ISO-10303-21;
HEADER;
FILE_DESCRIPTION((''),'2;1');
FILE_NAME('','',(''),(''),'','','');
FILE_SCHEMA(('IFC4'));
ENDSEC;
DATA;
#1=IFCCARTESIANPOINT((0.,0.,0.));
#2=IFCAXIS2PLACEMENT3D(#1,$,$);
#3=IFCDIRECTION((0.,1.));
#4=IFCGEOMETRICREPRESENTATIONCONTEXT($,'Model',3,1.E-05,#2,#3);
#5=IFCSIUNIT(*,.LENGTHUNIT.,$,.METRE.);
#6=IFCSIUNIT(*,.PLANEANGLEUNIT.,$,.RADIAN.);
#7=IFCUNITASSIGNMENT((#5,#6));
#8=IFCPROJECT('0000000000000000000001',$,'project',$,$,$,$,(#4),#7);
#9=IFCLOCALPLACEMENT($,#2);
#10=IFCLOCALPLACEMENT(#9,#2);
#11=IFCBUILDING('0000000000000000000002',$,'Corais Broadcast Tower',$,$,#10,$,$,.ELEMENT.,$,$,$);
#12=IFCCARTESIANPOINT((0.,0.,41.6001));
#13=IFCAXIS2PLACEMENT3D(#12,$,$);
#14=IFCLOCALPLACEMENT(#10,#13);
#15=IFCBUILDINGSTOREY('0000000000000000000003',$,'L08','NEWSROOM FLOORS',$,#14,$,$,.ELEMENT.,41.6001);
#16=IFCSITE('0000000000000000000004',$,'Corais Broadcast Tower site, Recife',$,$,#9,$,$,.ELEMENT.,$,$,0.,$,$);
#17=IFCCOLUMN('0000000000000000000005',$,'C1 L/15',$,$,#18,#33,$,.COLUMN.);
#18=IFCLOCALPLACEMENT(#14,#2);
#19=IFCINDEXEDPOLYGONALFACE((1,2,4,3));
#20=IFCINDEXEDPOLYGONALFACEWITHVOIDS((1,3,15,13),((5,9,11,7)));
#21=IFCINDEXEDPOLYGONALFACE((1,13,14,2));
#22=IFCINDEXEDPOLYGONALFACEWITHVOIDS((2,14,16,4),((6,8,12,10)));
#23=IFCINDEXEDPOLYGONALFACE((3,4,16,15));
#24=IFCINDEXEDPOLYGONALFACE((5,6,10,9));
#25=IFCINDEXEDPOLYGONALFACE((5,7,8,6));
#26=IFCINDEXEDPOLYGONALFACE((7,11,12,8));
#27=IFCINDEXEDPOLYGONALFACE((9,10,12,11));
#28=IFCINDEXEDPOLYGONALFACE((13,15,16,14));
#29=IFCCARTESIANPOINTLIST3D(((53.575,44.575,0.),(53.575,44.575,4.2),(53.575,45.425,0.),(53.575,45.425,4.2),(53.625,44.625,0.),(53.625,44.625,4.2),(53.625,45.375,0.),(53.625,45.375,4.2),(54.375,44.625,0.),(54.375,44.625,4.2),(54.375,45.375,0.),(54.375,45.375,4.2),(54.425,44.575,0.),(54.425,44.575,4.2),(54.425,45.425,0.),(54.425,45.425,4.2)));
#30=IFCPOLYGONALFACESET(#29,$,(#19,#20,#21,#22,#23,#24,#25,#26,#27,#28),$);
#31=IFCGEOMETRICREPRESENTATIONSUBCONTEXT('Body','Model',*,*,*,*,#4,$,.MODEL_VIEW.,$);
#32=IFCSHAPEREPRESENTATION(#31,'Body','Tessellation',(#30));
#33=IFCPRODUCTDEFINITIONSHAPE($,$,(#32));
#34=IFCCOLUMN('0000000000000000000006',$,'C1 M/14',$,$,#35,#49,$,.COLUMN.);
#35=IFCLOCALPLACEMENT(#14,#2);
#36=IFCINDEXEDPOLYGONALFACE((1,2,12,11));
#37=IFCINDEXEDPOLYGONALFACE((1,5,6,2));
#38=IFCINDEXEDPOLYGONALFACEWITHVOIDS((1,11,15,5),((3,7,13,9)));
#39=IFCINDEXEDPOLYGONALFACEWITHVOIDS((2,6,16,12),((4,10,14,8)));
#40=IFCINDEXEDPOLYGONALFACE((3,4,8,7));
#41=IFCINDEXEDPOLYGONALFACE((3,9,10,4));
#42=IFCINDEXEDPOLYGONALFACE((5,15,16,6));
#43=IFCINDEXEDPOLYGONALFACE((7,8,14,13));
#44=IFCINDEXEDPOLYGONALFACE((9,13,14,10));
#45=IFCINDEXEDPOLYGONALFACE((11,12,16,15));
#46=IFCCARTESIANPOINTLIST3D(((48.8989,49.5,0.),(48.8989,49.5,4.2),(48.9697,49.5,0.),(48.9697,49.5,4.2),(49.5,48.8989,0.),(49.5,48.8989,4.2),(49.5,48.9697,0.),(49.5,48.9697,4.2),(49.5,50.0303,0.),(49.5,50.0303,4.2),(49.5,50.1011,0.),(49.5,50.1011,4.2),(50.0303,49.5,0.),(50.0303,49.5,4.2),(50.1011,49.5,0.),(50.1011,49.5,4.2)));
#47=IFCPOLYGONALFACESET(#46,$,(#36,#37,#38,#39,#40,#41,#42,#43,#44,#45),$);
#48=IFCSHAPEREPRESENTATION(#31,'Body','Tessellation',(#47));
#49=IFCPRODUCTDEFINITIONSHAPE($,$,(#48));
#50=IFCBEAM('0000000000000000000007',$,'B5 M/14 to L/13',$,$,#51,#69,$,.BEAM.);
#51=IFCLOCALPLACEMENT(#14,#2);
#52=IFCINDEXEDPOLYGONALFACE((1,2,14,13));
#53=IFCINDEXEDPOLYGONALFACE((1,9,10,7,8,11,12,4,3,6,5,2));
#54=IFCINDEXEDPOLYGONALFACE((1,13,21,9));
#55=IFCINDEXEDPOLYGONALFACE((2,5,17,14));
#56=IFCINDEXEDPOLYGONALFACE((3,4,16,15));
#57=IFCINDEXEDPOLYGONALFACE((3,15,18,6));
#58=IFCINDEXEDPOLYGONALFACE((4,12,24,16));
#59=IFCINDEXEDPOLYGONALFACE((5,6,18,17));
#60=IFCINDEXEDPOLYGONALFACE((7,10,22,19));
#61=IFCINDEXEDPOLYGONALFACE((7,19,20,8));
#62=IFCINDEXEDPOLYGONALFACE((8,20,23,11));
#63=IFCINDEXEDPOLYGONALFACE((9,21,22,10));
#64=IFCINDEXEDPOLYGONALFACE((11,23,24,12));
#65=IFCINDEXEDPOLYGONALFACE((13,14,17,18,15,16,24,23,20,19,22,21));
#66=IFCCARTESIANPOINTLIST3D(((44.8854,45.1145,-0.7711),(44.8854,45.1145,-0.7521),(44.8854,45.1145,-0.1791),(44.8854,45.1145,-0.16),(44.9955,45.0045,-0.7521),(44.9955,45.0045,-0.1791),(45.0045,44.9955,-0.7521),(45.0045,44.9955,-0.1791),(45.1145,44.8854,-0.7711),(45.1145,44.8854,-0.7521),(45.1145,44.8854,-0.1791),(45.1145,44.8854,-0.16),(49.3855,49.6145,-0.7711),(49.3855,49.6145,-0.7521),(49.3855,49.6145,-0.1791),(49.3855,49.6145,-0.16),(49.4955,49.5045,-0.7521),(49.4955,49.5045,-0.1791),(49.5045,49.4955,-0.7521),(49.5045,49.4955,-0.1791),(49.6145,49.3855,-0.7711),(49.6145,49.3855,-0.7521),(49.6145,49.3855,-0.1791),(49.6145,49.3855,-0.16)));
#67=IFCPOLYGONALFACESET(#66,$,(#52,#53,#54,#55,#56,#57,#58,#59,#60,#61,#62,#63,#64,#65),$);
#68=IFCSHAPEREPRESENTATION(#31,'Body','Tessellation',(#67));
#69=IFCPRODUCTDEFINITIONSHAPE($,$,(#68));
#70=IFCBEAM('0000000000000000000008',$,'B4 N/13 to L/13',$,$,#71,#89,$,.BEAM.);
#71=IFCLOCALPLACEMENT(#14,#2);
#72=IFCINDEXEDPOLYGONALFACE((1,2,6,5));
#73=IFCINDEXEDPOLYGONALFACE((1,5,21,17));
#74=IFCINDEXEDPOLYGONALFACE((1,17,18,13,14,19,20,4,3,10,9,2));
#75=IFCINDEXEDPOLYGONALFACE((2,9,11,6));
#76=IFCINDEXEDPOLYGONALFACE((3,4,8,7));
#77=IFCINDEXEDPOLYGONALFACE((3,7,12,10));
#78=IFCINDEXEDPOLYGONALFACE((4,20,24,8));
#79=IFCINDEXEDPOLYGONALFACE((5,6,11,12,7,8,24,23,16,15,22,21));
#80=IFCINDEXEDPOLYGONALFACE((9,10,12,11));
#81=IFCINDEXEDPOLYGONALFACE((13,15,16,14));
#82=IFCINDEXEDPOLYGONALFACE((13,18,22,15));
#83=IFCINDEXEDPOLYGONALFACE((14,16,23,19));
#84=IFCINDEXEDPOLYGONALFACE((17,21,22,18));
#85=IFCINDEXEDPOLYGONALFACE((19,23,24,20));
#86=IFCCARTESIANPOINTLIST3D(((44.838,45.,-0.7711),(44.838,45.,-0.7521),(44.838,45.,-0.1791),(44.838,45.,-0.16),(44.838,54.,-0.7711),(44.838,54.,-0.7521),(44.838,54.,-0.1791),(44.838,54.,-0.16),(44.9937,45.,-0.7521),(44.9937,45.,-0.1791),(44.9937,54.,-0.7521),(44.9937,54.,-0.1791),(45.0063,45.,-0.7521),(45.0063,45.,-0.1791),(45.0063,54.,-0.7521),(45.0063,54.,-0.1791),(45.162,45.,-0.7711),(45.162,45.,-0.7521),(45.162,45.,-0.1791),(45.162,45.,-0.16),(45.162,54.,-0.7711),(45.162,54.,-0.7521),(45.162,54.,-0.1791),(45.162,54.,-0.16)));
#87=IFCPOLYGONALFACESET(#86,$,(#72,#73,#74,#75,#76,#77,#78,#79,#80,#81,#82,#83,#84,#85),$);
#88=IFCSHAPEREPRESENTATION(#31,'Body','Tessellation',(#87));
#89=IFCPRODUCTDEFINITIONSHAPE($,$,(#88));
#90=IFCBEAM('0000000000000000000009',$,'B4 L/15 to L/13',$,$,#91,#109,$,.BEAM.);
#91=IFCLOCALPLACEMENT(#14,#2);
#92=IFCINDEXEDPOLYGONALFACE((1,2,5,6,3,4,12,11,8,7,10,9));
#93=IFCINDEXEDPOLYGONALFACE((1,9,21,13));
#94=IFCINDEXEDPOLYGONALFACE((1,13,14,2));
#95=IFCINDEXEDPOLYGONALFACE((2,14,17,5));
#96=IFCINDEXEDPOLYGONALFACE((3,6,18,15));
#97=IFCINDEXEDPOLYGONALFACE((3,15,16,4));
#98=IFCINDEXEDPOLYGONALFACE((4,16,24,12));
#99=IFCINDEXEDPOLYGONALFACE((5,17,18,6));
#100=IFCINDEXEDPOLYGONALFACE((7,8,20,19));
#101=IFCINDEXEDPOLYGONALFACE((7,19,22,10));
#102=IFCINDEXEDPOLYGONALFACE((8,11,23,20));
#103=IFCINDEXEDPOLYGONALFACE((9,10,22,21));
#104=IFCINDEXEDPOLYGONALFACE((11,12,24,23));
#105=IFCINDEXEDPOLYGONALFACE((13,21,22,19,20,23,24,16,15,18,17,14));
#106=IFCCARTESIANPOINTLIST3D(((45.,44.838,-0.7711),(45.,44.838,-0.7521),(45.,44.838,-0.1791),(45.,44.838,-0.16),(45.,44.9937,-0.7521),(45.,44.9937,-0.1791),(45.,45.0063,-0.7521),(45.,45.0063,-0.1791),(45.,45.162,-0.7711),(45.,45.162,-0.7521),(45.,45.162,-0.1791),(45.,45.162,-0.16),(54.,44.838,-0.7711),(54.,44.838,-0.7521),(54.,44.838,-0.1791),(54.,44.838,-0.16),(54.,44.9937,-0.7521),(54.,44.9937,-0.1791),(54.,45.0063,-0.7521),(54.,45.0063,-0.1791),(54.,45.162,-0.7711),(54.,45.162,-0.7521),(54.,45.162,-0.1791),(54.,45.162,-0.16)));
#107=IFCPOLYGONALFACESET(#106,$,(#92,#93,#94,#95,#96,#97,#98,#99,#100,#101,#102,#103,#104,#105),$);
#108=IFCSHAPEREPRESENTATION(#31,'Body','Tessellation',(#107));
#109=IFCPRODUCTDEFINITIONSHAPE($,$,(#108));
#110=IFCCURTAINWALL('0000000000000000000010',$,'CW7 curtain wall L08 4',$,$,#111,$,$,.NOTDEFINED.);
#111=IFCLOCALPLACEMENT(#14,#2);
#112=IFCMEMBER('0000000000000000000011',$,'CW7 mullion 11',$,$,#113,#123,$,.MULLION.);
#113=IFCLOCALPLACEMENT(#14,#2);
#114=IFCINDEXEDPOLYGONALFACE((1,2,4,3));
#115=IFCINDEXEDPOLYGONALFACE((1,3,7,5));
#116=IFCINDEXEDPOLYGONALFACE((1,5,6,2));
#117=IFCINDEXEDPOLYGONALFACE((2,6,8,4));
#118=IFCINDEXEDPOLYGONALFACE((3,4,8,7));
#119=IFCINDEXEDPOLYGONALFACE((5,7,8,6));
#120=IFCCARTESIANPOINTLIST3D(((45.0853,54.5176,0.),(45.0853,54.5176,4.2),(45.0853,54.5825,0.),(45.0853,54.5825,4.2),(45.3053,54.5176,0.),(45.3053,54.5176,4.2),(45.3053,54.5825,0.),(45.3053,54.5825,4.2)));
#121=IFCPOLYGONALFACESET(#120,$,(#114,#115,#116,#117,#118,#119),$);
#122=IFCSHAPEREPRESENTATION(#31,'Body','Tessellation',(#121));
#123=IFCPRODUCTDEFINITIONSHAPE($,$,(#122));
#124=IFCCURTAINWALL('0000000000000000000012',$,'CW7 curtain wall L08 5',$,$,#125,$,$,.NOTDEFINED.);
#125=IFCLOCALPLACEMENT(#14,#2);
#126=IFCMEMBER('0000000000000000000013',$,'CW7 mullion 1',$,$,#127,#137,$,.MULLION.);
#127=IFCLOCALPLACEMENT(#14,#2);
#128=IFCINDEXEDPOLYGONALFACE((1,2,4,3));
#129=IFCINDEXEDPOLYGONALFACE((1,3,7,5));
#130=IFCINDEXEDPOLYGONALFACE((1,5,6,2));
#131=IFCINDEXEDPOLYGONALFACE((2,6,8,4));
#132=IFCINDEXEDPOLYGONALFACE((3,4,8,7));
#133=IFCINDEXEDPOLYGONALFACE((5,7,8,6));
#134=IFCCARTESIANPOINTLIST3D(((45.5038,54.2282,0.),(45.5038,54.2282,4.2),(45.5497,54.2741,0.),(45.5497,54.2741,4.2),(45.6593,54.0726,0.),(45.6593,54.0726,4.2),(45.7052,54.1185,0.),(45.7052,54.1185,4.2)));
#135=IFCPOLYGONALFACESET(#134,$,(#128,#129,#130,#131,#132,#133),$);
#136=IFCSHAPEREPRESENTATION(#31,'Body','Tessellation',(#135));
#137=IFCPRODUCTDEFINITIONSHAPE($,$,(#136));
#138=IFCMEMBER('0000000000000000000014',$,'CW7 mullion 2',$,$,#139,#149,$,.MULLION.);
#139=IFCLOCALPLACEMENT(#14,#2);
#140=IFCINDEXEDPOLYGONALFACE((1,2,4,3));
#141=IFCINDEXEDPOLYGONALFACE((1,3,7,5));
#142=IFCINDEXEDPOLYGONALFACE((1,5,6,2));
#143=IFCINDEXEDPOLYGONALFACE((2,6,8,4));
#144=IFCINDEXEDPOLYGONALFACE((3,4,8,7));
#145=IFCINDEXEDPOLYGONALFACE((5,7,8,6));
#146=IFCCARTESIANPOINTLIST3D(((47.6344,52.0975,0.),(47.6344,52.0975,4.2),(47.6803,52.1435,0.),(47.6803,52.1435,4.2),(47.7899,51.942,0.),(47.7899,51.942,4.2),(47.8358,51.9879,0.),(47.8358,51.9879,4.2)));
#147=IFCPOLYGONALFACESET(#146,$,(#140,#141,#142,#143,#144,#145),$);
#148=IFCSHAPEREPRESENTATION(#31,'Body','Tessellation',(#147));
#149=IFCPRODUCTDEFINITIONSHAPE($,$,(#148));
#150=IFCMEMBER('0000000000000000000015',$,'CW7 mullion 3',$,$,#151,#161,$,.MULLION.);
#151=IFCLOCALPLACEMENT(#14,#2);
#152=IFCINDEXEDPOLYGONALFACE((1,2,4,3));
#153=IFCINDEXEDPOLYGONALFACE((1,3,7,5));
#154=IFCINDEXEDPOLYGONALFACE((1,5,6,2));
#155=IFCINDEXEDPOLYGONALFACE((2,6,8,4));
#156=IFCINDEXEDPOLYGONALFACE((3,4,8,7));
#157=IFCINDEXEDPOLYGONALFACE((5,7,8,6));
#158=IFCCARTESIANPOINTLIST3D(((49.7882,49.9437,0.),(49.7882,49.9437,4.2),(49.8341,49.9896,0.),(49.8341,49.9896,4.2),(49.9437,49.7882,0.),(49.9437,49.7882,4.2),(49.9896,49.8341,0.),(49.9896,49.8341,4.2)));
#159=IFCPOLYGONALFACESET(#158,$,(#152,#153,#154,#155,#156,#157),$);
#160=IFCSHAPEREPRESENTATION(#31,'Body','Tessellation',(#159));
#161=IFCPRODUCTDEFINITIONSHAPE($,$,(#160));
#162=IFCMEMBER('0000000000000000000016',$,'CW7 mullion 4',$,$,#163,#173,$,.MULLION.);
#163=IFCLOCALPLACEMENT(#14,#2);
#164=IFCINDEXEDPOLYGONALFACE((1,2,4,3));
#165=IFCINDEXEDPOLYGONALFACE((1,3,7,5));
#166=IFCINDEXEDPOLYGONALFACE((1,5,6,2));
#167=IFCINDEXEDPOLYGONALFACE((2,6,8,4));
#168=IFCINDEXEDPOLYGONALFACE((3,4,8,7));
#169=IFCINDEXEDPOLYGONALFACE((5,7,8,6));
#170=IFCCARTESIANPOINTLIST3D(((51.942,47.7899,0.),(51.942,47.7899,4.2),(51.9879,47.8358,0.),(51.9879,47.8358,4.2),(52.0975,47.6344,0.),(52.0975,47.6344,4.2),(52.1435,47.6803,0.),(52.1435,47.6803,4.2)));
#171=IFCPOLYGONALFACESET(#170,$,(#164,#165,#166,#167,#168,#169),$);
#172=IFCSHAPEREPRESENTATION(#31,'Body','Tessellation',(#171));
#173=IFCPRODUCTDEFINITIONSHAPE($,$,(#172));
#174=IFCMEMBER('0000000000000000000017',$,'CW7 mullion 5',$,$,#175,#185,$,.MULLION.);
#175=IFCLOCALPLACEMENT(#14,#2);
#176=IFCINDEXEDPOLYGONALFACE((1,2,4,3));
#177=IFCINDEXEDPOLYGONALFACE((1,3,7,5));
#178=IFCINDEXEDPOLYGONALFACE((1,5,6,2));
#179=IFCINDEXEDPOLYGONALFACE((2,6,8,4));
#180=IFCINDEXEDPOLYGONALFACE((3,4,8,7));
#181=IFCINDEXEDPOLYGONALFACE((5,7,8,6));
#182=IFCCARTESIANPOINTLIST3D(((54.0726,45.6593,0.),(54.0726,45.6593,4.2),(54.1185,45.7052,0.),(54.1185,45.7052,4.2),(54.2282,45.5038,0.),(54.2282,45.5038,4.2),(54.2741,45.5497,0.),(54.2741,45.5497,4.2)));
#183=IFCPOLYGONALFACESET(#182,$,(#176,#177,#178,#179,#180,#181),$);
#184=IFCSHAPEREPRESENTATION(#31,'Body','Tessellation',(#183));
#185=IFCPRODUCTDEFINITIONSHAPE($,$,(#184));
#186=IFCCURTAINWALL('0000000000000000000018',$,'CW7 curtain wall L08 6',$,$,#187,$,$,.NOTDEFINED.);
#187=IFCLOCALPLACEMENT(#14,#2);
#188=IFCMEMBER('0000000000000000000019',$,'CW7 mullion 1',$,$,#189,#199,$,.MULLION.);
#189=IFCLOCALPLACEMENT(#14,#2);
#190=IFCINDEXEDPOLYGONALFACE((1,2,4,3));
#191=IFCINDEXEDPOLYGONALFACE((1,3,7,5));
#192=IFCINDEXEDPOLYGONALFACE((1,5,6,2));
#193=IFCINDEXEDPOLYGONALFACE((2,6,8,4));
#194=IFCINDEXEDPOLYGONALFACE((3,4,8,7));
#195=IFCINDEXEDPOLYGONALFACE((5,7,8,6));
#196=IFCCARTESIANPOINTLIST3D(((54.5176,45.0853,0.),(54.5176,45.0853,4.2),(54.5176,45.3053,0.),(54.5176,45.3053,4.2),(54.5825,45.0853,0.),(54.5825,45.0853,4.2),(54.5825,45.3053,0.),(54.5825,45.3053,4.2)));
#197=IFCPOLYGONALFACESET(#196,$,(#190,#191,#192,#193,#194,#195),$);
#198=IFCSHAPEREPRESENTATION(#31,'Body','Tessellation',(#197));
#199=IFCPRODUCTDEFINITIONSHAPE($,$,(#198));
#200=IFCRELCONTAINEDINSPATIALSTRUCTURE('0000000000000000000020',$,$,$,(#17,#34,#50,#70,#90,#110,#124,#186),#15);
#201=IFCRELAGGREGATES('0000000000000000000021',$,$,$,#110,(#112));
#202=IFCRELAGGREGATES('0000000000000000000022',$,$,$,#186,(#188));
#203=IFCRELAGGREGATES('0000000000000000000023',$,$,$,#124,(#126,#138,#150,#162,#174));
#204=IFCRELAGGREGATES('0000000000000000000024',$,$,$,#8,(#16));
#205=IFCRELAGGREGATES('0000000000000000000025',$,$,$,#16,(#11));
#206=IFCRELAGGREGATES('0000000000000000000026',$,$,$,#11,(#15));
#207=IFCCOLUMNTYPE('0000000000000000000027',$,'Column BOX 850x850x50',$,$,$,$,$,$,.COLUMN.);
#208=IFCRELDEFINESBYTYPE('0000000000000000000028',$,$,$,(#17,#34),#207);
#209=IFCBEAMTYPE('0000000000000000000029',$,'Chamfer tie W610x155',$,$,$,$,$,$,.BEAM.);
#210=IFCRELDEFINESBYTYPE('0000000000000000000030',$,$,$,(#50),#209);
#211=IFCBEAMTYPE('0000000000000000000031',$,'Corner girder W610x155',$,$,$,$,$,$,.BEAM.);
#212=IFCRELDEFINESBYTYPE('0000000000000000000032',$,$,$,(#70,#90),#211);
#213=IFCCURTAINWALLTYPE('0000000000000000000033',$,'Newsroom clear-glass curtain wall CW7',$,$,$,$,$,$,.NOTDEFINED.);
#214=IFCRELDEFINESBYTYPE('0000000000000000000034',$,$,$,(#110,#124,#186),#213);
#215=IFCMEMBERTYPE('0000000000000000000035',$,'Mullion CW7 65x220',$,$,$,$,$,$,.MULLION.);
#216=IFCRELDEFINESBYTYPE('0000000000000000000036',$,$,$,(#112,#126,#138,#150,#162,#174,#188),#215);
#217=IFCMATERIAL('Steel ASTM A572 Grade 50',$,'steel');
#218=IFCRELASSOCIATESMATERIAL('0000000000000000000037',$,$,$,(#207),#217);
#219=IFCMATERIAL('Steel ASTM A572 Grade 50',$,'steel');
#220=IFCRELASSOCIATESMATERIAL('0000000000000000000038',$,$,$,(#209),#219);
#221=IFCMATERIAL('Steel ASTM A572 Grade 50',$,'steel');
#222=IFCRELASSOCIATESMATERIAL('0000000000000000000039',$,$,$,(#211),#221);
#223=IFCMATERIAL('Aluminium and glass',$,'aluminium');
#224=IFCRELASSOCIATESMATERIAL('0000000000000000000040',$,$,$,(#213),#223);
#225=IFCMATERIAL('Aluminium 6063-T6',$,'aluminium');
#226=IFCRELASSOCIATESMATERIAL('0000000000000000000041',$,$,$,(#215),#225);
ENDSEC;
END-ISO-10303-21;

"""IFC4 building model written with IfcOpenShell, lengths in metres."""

from ifc_helpers import new_model, si_unit, direction, frame, origin, origin_2d, place, context, subcontext, project, spatial, rectangle, hollow_rectangle, i_section, extrude, material, material_profile, profile_set, type_object, element, aggregate, save


model = new_model("IFC4")

# Units and contexts
model_context = context("Model", 3, precision=1e-05, world=origin(), true_north=direction((0.0, 1.0)))
body_context = subcontext(model_context, "Body", "Model", "MODEL_VIEW")
ifc_project = project(units=[si_unit("LENGTHUNIT", "METRE"), si_unit("PLANEANGLEUNIT", "RADIAN")], contexts=[model_context])

# Site, building, storey
site_placement = place(None, origin())
site = spatial("IfcSite", under=ifc_project, at=site_placement, Name="Corais Broadcast Tower site, Recife", CompositionType="ELEMENT", RefElevation=0.0)
building_placement = place(site_placement, origin())
building = spatial("IfcBuilding", under=site, at=building_placement, Name="Corais Broadcast Tower", CompositionType="ELEMENT")
storey_placement = place(building_placement, frame((0.0, 0.0, 41.6001)))
storey = spatial("IfcBuildingStorey", under=building, at=storey_placement, Name="L08", Description="NEWSROOM FLOORS", CompositionType="ELEMENT", Elevation=41.6001)

# Columns
ifc_material_1 = material(Name="Steel ASTM A572 Grade 50", Category="steel")
ifc_material_profile_1 = material_profile(ifc_material_1, hollow_rectangle(XDim=0.8501, YDim=0.8501, WallThickness=0.05, at=origin_2d()), Name="BOX 850x850x50")
ifc_profile_set_1 = profile_set([ifc_material_profile_1], Name="Steel ASTM A572 Grade 50")
column_type = type_object("IfcColumnType", Name="Column BOX 850x850x50", PredefinedType="COLUMN", material=ifc_profile_set_1)
for number, where, z_axis, x_axis, name in (
    (1, (54.0, 45.0, 0.0), (0.0, 0.0, 1.0), (1.0, 0.0, 0.0), "C1 L/15"),
    (2, (49.5, 49.5, 0.0), (0.0, 0.0, 1.0), (0.707107, 0.707107, 0.0), "C1 M/14"),
):
    element("IfcColumn", number, at=place(storey_placement, frame(where, z_axis=z_axis, x_axis=x_axis)), inside=storey, type_object=column_type, Name=name, PredefinedType="COLUMN", context=body_context, shape_type="SweptSolid", body=[
        extrude(hollow_rectangle(XDim=0.8501, YDim=0.8501, WallThickness=0.05, at=origin_2d()), origin(), (0.0, 0.0, 1.0), 4.2),
    ])

# Beams
ifc_material_2 = material(Name="Steel ASTM A572 Grade 50", Category="steel")
ifc_material_profile_2 = material_profile(ifc_material_2, i_section(OverallWidth=0.324, OverallDepth=0.6111, WebThickness=0.0127, FlangeThickness=0.019, at=origin_2d()), Name="W610x155")
ifc_profile_set_2 = profile_set([ifc_material_profile_2], Name="Steel ASTM A572 Grade 50")
beam_type_1 = type_object("IfcBeamType", Name="Chamfer tie W610x155", PredefinedType="BEAM", material=ifc_profile_set_2)
beam_1_placement = place(storey_placement, frame((49.5, 49.5, -0.4656), z_axis=(-0.707107, -0.707107, 0.0), x_axis=(0.707107, -0.707107, 0.0)))
element("IfcBeam", 3, at=beam_1_placement, inside=storey, type_object=beam_type_1, Name="B5 M/14 to L/13", PredefinedType="BEAM", context=body_context, shape_type="SweptSolid", body=[
    extrude(i_section(OverallWidth=0.324, OverallDepth=0.6111, WebThickness=0.0127, FlangeThickness=0.019, at=origin_2d()), origin(), (0.0, 0.0, 1.0), 6.364),
])
ifc_material_3 = material(Name="Steel ASTM A572 Grade 50", Category="steel")
ifc_material_profile_3 = material_profile(ifc_material_3, i_section(OverallWidth=0.324, OverallDepth=0.6111, WebThickness=0.0127, FlangeThickness=0.019, at=origin_2d()), Name="W610x155")
ifc_profile_set_3 = profile_set([ifc_material_profile_3], Name="Steel ASTM A572 Grade 50")
beam_type_2 = type_object("IfcBeamType", Name="Corner girder W610x155", PredefinedType="BEAM", material=ifc_profile_set_3)
for number, where, z_axis, x_axis, name in (
    (4, (45.0, 54.0, -0.4656), (0.0, -1.0, 0.0), (1.0, 0.0, 0.0), "B4 N/13 to L/13"),
    (5, (54.0, 45.0, -0.4656), (-1.0, 0.0, 0.0), (0.0, -1.0, 0.0), "B4 L/15 to L/13"),
):
    element("IfcBeam", number, at=place(storey_placement, frame(where, z_axis=z_axis, x_axis=x_axis)), inside=storey, type_object=beam_type_2, Name=name, PredefinedType="BEAM", context=body_context, shape_type="SweptSolid", body=[
        extrude(i_section(OverallWidth=0.324, OverallDepth=0.6111, WebThickness=0.0127, FlangeThickness=0.019, at=origin_2d()), origin(), (0.0, 0.0, 1.0), 9.0),
    ])

# Curtain wall, member
ifc_material_4 = material(Name="Aluminium and glass", Category="aluminium")
curtain_wall_type = type_object("IfcCurtainWallType", Name="Newsroom clear-glass curtain wall CW7", PredefinedType="NOTDEFINED", material=ifc_material_4)
curtain_wall_1_placement = place(storey_placement, origin())
curtain_wall_1 = element("IfcCurtainWall", 6, at=curtain_wall_1_placement, inside=storey, type_object=curtain_wall_type, Name="CW7 curtain wall L08 4", PredefinedType="NOTDEFINED")
ifc_material_5 = material(Name="Aluminium 6063-T6", Category="aluminium")
ifc_material_profile_4 = material_profile(ifc_material_5, rectangle(XDim=0.0649, YDim=0.22, at=origin_2d()), Name="Mullion CW7 65x220")
ifc_profile_set_4 = profile_set([ifc_material_profile_4], Name="Aluminium 6063-T6")
member_type_1 = type_object("IfcMemberType", Name="Mullion CW7 65x220", PredefinedType="MULLION", material=ifc_profile_set_4)
member_1_placement = place(storey_placement, frame((45.1953, 54.55, 0.0), z_axis=(0.0, 0.0, 1.0), x_axis=(0.0, 1.0, 0.0)))
member_1 = element("IfcMember", 7, at=member_1_placement, type_object=member_type_1, Name="CW7 mullion 11", PredefinedType="MULLION", context=body_context, shape_type="SweptSolid", body=[
    extrude(rectangle(XDim=0.0649, YDim=0.22, at=origin_2d()), origin(), (0.0, 0.0, 1.0), 4.2),
])
aggregate(curtain_wall_1, [member_1])

# Curtain wall, members
curtain_wall_2_placement = place(storey_placement, origin())
curtain_wall_2 = element("IfcCurtainWall", 8, at=curtain_wall_2_placement, inside=storey, type_object=curtain_wall_type, Name="CW7 curtain wall L08 5", PredefinedType="NOTDEFINED")
member_2_placement = place(storey_placement, frame((45.6045, 54.1733, 0.0), z_axis=(0.0, 0.0, 1.0), x_axis=(0.707107, 0.707107, 0.0)))
member_2 = element("IfcMember", 9, at=member_2_placement, type_object=member_type_1, Name="CW7 mullion 1", PredefinedType="MULLION", context=body_context, shape_type="SweptSolid", body=[
    extrude(rectangle(XDim=0.0649, YDim=0.22, at=origin_2d()), origin(), (0.0, 0.0, 1.0), 4.2),
])
member_3_placement = place(storey_placement, frame((47.7351, 52.0427, 0.0), z_axis=(0.0, 0.0, 1.0), x_axis=(0.707107, 0.707107, 0.0)))
member_3 = element("IfcMember", 10, at=member_3_placement, type_object=member_type_1, Name="CW7 mullion 2", PredefinedType="MULLION", context=body_context, shape_type="SweptSolid", body=[
    extrude(rectangle(XDim=0.0649, YDim=0.22, at=origin_2d()), origin(), (0.0, 0.0, 1.0), 4.2),
])
member_4_placement = place(storey_placement, frame((49.8889, 49.8889, 0.0), z_axis=(0.0, 0.0, 1.0), x_axis=(0.707107, 0.707107, 0.0)))
member_4 = element("IfcMember", 11, at=member_4_placement, type_object=member_type_1, Name="CW7 mullion 3", PredefinedType="MULLION", context=body_context, shape_type="SweptSolid", body=[
    extrude(rectangle(XDim=0.0649, YDim=0.22, at=origin_2d()), origin(), (0.0, 0.0, 1.0), 4.2),
])
member_5_placement = place(storey_placement, frame((52.0427, 47.7351, 0.0), z_axis=(0.0, 0.0, 1.0), x_axis=(0.707107, 0.707107, 0.0)))
member_5 = element("IfcMember", 12, at=member_5_placement, type_object=member_type_1, Name="CW7 mullion 4", PredefinedType="MULLION", context=body_context, shape_type="SweptSolid", body=[
    extrude(rectangle(XDim=0.0649, YDim=0.22, at=origin_2d()), origin(), (0.0, 0.0, 1.0), 4.2),
])
member_6_placement = place(storey_placement, frame((54.1733, 45.6045, 0.0), z_axis=(0.0, 0.0, 1.0), x_axis=(0.707107, 0.707107, 0.0)))
member_6 = element("IfcMember", 13, at=member_6_placement, type_object=member_type_1, Name="CW7 mullion 5", PredefinedType="MULLION", context=body_context, shape_type="SweptSolid", body=[
    extrude(rectangle(XDim=0.0649, YDim=0.22, at=origin_2d()), origin(), (0.0, 0.0, 1.0), 4.2),
])

# Curtain wall, member
curtain_wall_3_placement = place(storey_placement, origin())
curtain_wall_3 = element("IfcCurtainWall", 14, at=curtain_wall_3_placement, inside=storey, type_object=curtain_wall_type, Name="CW7 curtain wall L08 6", PredefinedType="NOTDEFINED")
member_7_placement = place(storey_placement, frame((54.55, 45.1953, 0.0), z_axis=(0.0, 0.0, 1.0), x_axis=(1.0, 0.0, 0.0)))
member_7 = element("IfcMember", 15, at=member_7_placement, type_object=member_type_1, Name="CW7 mullion 1", PredefinedType="MULLION", context=body_context, shape_type="SweptSolid", body=[
    extrude(rectangle(XDim=0.0649, YDim=0.22, at=origin_2d()), origin(), (0.0, 0.0, 1.0), 4.2),
])

aggregate(curtain_wall_3, [member_7])

aggregate(curtain_wall_2, [member_2, member_3, member_4, member_5, member_6])

save(model, "model.ifc")
